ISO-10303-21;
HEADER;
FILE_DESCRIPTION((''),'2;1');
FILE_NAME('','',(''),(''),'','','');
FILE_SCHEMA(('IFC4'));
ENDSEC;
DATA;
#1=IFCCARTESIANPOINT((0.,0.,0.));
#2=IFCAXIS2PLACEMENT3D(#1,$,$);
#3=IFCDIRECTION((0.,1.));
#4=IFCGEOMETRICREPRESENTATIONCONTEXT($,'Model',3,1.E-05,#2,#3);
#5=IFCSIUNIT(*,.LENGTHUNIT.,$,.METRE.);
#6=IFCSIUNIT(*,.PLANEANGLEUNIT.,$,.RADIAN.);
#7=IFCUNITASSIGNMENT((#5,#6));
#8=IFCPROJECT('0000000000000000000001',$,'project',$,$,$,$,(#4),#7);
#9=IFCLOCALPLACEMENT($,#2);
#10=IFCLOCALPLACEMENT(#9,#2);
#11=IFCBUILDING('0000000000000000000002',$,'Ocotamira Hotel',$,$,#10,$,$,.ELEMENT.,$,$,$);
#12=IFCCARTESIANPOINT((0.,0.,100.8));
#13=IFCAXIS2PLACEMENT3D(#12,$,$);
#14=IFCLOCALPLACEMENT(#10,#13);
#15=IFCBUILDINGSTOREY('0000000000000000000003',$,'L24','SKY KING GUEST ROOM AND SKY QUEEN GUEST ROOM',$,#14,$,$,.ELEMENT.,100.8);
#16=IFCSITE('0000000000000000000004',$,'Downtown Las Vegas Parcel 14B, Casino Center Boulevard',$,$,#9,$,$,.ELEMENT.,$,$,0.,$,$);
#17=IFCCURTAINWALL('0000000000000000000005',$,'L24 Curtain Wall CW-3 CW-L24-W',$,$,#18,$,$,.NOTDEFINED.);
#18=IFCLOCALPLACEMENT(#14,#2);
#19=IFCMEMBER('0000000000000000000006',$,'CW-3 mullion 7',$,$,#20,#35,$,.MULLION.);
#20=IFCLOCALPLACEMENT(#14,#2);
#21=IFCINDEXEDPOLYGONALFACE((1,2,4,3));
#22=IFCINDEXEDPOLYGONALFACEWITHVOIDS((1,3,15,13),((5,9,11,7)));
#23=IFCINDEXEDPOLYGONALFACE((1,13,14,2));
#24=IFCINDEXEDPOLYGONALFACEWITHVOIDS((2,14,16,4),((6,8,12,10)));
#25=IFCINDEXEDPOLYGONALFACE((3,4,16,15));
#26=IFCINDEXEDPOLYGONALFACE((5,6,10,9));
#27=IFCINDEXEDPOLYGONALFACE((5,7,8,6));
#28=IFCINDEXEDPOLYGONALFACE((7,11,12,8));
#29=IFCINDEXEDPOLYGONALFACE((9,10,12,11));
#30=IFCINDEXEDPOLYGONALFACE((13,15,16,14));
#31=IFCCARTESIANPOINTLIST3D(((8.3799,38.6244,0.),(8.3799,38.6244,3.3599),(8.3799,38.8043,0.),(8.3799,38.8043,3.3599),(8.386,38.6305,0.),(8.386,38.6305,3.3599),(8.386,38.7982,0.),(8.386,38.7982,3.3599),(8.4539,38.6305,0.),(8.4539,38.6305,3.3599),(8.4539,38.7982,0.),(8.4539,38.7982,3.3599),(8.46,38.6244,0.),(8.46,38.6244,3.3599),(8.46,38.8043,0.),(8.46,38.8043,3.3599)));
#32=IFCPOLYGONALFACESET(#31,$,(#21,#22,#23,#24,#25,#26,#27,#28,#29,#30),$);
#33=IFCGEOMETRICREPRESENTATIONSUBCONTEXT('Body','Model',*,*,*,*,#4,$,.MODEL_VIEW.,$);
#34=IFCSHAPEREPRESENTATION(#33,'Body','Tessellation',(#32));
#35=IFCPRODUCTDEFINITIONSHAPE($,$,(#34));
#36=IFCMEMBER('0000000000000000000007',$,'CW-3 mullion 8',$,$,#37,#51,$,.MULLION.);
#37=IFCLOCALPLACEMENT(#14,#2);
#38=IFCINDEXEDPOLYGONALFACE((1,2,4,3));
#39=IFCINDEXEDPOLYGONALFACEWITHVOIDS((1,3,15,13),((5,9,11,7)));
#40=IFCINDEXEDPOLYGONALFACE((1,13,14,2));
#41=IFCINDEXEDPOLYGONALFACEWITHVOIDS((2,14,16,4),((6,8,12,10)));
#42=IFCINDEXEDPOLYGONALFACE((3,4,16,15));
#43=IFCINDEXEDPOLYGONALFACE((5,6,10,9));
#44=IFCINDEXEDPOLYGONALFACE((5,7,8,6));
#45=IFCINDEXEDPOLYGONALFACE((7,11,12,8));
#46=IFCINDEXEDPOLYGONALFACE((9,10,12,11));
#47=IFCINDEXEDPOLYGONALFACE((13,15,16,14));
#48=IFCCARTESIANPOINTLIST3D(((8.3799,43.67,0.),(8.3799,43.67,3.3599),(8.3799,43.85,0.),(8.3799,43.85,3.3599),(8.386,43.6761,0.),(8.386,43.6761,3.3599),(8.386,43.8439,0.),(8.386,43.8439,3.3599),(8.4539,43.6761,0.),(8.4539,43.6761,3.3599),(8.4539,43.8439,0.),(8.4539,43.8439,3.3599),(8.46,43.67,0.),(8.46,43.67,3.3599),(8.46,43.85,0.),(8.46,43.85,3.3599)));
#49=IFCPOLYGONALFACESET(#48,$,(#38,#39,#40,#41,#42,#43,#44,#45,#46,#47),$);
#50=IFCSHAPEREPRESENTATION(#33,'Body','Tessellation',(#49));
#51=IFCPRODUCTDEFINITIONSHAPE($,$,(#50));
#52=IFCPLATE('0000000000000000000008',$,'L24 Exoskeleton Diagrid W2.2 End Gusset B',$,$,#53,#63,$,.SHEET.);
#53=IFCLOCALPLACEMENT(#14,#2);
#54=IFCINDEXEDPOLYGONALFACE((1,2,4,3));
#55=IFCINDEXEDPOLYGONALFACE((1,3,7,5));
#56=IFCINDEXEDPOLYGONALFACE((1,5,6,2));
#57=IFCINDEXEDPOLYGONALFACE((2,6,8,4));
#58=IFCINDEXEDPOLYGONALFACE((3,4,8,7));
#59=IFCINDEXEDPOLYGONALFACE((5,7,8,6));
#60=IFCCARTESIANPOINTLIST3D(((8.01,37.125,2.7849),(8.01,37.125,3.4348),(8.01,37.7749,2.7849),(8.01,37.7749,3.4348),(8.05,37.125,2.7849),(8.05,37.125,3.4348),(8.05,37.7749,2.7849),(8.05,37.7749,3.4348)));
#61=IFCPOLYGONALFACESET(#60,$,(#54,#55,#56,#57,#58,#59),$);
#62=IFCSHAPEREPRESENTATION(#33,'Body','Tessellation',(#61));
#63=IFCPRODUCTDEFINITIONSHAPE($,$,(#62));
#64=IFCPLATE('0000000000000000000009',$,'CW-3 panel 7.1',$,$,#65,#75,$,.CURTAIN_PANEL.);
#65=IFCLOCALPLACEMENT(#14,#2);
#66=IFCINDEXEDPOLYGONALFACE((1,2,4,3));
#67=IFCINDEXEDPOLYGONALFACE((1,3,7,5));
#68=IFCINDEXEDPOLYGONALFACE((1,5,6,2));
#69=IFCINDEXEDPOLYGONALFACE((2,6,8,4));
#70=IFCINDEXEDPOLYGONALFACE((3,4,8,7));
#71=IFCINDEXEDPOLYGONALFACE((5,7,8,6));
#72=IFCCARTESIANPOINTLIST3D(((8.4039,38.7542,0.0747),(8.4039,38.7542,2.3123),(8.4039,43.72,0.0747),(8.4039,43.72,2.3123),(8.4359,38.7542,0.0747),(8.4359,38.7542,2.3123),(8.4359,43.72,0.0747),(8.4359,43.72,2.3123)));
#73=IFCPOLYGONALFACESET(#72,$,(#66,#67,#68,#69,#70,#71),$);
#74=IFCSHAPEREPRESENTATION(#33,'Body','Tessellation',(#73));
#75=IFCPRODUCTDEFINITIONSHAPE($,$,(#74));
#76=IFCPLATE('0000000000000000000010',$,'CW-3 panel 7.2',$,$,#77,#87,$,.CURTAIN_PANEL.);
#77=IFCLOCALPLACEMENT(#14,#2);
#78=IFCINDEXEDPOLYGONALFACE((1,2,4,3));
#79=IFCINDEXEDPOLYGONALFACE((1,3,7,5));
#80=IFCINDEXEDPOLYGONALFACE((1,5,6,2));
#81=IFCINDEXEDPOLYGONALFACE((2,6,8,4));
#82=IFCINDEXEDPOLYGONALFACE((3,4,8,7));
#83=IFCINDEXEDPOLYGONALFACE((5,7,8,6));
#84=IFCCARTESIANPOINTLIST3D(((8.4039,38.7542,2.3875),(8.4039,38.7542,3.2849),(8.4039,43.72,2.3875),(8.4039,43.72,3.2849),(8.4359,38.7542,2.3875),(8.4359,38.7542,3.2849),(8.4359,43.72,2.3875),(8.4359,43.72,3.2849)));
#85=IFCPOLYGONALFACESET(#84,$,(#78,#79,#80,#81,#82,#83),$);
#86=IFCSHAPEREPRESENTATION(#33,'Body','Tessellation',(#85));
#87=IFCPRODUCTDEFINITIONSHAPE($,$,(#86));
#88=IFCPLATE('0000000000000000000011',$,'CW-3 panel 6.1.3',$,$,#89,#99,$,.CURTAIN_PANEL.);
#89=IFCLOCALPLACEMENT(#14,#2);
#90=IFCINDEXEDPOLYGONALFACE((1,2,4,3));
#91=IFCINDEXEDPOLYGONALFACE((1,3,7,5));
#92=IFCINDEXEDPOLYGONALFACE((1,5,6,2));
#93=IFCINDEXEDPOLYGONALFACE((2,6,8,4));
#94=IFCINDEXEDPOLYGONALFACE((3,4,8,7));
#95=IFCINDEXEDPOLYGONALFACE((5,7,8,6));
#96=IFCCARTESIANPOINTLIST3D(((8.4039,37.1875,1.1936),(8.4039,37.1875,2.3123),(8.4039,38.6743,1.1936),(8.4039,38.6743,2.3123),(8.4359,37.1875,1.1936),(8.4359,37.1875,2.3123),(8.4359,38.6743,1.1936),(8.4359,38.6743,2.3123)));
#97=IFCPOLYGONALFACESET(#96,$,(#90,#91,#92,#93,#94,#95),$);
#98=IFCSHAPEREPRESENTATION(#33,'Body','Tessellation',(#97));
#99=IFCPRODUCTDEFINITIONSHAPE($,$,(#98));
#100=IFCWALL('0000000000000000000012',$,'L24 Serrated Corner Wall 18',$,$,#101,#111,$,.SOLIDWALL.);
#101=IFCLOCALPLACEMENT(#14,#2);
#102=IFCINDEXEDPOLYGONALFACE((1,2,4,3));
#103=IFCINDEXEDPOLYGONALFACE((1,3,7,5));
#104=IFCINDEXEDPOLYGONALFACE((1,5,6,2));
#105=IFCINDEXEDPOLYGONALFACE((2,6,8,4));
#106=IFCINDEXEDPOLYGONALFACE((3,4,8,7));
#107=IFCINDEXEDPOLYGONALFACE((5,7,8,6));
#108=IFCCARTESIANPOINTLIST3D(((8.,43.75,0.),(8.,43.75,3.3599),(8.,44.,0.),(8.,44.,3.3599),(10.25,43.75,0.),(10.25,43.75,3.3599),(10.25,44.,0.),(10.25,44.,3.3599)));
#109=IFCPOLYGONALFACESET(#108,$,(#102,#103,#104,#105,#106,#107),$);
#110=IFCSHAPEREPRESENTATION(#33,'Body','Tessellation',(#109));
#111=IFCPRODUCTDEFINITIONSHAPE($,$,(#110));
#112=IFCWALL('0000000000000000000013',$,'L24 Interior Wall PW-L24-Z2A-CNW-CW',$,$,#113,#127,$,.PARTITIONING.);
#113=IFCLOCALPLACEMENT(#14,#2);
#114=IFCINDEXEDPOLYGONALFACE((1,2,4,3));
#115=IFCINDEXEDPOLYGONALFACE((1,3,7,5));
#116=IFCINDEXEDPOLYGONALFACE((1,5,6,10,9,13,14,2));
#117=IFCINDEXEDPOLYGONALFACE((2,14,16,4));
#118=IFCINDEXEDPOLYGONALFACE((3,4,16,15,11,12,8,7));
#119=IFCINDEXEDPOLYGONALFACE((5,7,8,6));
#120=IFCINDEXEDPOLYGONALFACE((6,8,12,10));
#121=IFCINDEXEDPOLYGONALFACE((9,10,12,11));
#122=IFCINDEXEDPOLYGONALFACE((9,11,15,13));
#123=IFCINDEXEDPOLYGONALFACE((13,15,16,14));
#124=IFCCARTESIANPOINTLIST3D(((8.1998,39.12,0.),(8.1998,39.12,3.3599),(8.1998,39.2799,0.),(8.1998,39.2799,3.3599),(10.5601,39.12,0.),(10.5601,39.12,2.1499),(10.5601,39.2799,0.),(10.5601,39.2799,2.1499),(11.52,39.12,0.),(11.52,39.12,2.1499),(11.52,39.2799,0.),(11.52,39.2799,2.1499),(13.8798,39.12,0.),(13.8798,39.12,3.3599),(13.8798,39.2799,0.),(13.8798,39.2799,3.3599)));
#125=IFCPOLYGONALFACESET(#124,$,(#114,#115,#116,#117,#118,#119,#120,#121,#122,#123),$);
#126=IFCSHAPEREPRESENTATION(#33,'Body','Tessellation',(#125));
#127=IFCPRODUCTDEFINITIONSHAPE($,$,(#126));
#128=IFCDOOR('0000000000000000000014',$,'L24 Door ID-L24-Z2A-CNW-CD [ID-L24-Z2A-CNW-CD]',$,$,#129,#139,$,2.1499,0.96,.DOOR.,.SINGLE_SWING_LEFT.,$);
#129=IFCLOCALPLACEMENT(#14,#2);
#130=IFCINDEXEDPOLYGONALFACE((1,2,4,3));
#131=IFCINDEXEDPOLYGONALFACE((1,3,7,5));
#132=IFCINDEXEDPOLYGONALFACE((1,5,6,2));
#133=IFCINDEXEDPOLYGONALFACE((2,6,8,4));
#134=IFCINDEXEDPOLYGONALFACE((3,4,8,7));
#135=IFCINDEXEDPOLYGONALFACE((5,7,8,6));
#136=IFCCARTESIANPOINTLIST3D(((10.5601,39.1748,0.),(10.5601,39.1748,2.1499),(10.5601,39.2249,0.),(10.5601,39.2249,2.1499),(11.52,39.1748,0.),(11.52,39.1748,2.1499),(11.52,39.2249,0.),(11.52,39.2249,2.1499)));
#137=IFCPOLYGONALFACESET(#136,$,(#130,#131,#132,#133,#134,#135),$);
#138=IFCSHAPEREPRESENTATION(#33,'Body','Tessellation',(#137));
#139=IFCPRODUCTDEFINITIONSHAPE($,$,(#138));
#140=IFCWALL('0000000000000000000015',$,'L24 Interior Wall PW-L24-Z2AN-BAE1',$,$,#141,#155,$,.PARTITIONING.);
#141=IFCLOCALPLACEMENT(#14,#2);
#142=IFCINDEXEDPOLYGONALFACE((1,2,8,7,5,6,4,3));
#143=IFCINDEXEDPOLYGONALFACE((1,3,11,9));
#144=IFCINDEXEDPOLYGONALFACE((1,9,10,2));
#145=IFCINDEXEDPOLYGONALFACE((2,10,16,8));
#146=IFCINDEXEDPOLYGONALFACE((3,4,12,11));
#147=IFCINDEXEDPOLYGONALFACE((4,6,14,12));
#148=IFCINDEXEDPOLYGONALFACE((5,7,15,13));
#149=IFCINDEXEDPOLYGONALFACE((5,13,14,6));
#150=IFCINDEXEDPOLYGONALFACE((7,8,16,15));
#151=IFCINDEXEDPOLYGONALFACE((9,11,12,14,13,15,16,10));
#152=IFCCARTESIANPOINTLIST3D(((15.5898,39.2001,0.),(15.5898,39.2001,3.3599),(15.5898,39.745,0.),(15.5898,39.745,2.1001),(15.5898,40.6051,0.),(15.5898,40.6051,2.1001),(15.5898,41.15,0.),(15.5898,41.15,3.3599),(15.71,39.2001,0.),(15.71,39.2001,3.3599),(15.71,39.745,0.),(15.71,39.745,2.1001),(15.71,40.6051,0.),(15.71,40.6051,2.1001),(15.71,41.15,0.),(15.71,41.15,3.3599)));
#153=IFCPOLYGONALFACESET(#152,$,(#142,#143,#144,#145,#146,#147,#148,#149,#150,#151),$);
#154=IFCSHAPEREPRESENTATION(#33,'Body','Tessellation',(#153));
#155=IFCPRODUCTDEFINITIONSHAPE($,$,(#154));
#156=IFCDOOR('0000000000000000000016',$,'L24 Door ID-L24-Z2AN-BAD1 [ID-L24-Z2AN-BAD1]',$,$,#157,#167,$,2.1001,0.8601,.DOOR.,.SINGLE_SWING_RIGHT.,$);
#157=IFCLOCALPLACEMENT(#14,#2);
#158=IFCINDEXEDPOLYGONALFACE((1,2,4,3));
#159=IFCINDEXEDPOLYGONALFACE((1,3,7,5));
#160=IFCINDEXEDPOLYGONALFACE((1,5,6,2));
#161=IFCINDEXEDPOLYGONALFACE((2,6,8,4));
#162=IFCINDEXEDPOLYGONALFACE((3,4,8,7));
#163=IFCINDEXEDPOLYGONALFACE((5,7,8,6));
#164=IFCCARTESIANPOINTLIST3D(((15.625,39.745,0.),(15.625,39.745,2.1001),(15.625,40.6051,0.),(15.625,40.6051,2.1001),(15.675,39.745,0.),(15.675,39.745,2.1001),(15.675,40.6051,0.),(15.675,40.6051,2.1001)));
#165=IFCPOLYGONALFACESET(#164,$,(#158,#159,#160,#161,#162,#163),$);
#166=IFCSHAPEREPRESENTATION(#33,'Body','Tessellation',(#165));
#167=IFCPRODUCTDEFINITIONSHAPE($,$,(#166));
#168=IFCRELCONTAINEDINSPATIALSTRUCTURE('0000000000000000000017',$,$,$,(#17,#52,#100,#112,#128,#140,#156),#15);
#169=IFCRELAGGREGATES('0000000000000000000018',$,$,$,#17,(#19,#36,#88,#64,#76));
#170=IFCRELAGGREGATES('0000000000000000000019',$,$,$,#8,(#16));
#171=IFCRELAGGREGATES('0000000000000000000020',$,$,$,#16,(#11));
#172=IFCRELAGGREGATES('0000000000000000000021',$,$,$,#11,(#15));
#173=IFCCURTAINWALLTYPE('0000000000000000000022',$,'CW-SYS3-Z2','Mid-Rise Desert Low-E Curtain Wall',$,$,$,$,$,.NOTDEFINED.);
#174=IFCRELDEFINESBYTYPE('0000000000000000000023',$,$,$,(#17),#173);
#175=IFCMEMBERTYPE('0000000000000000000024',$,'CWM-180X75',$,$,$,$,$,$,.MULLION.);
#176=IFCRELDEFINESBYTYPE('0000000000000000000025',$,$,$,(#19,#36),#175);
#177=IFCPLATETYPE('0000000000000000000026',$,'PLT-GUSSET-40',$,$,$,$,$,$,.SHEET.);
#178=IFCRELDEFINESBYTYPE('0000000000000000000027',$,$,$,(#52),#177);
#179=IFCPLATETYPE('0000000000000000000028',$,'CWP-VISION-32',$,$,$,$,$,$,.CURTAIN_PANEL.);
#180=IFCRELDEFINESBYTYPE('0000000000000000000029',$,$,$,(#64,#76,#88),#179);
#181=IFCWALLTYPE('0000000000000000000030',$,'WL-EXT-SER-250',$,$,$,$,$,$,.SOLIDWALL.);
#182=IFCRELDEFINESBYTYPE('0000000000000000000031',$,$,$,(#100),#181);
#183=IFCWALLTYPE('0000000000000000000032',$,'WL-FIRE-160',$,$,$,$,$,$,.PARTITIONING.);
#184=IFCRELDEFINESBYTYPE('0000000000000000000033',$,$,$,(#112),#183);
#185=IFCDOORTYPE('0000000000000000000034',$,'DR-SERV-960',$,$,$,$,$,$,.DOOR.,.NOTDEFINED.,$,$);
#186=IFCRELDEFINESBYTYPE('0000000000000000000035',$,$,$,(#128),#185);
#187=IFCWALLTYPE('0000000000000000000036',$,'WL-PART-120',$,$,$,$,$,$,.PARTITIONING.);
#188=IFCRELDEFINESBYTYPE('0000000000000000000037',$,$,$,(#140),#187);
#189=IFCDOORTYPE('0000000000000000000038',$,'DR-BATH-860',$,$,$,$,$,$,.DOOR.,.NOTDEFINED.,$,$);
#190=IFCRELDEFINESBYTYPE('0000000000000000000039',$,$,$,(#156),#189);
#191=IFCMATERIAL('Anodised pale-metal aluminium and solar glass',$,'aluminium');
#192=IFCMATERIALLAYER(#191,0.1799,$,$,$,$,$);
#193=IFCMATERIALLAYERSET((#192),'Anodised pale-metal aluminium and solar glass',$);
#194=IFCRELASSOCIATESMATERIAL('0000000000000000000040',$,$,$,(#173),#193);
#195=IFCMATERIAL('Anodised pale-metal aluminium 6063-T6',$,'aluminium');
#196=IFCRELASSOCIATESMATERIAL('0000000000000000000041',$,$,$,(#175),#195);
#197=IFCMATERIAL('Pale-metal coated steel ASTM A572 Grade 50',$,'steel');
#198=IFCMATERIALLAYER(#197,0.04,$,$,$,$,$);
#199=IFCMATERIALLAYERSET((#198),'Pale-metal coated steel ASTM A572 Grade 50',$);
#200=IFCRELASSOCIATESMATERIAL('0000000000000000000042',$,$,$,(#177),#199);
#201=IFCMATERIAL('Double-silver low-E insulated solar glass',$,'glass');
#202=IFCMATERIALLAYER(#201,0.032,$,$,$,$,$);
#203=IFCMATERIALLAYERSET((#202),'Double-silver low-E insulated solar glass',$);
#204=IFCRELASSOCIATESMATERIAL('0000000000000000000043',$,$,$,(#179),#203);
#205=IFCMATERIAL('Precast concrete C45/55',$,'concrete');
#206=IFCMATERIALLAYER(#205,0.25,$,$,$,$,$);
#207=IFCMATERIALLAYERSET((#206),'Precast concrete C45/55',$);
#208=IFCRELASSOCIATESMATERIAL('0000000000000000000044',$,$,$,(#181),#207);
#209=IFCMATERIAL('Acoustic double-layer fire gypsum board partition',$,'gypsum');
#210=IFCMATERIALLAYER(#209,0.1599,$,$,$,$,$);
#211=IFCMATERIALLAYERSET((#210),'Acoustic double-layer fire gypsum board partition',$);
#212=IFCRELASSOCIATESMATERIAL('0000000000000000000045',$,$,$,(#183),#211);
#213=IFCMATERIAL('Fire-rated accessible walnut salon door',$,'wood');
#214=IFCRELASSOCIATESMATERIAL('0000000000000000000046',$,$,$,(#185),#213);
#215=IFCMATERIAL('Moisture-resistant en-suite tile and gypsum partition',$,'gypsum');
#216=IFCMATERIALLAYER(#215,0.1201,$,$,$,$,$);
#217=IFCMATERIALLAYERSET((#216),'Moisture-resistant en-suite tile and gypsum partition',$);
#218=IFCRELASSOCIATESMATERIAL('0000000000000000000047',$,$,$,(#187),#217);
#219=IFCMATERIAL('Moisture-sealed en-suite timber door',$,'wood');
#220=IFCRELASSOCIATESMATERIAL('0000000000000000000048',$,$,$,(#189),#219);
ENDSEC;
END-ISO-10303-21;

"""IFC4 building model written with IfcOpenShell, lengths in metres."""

from ifc_helpers import new_model, si_unit, direction, frame, frame_2d, origin, origin_2d, place, context, subcontext, project, spatial, rectangle, hollow_rectangle, extrude, source, transform, mapped, material, layer, layer_set, material_profile, profile_set, type_object, element, fill, aggregate, save


model = new_model("IFC4")

# Units and contexts
model_context = context("Model", 3, precision=1e-05, world=origin(), true_north=direction((0.0, 1.0)))
body_context = subcontext(model_context, "Body", "Model", "MODEL_VIEW")
ifc_project = project(units=[si_unit("LENGTHUNIT", "METRE"), si_unit("PLANEANGLEUNIT", "RADIAN")], contexts=[model_context])

# Site, building, storey
site_placement = place(None, origin())
site = spatial("IfcSite", under=ifc_project, at=site_placement, Name="Downtown Las Vegas Parcel 14B, Casino Center Boulevard", CompositionType="ELEMENT", RefElevation=0.0)
building_placement = place(site_placement, origin())
building = spatial("IfcBuilding", under=site, at=building_placement, Name="Ocotamira Hotel", CompositionType="ELEMENT")
storey_placement = place(building_placement, frame((0.0, 0.0, 100.8)))
storey = spatial("IfcBuildingStorey", under=building, at=storey_placement, Name="L24", Description="SKY KING GUEST ROOM AND SKY QUEEN GUEST ROOM", CompositionType="ELEMENT", Elevation=100.8)

# Curtain wall, members
ifc_material_1 = material(Name="Anodised pale-metal aluminium and solar glass", Category="aluminium")
ifc_layer_1 = layer(ifc_material_1, 0.1799)
ifc_layer_set_1 = layer_set([ifc_layer_1], Name="Anodised pale-metal aluminium and solar glass")
curtain_wall_type = type_object("IfcCurtainWallType", Name="CW-SYS3-Z2", Description="Mid-Rise Desert Low-E Curtain Wall", PredefinedType="NOTDEFINED", material=ifc_layer_set_1)
curtain_wall_placement = place(storey_placement, origin())
curtain_wall = element("IfcCurtainWall", 1, at=curtain_wall_placement, inside=storey, type_object=curtain_wall_type, Name="L24 Curtain Wall CW-3 CW-L24-W", PredefinedType="NOTDEFINED")
ifc_material_2 = material(Name="Anodised pale-metal aluminium 6063-T6", Category="aluminium")
ifc_material_profile_1 = material_profile(ifc_material_2, hollow_rectangle(XDim=0.0801, YDim=0.1799, WallThickness=0.0061, at=origin_2d()), Name="HSS180X80X6")
ifc_profile_set_1 = profile_set([ifc_material_profile_1], Name="Anodised pale-metal aluminium 6063-T6")
member_type_1 = type_object("IfcMemberType", Name="CWM-180X75", PredefinedType="MULLION", material=ifc_profile_set_1)
shared_shape_1 = source(origin(), body_context, "Body", "SweptSolid", [
    extrude(hollow_rectangle(XDim=0.0801, YDim=0.1799, WallThickness=0.0061, at=origin_2d()), origin(), (0.0, 0.0, 1.0), 3.3599),
])
member_1_placement = place(storey_placement, frame((8.4199, 38.7144, 0.0), z_axis=(0.0, 0.0, 1.0), x_axis=(-1.0, 0.0, 0.0)))
member_1 = element("IfcMember", 2, at=member_1_placement, type_object=member_type_1, Name="CW-3 mullion 7", PredefinedType="MULLION", context=body_context, shape_type="MappedRepresentation", body=[
    mapped(shared_shape_1, transform((0.0, 0.0, 0.0), scale=1.0)),
])
member_2_placement = place(storey_placement, frame((8.4199, 43.76, 0.0), z_axis=(0.0, 0.0, 1.0), x_axis=(-1.0, 0.0, 0.0)))
member_2 = element("IfcMember", 3, at=member_2_placement, type_object=member_type_1, Name="CW-3 mullion 8", PredefinedType="MULLION", context=body_context, shape_type="MappedRepresentation", body=[
    mapped(shared_shape_1, transform((0.0, 0.0, 0.0), scale=1.0)),
])

# Plates
ifc_material_3 = material(Name="Pale-metal coated steel ASTM A572 Grade 50", Category="steel")
ifc_layer_2 = layer(ifc_material_3, 0.04)
ifc_layer_set_2 = layer_set([ifc_layer_2], Name="Pale-metal coated steel ASTM A572 Grade 50")
plate_type_1 = type_object("IfcPlateType", Name="PLT-GUSSET-40", PredefinedType="SHEET", material=ifc_layer_set_2)
shared_shape_2 = source(origin(), body_context, "Body", "SweptSolid", [
    extrude(rectangle(XDim=0.04, YDim=0.6499, at=origin_2d()), origin(), (0.0, 0.0, 1.0), 0.6499),
])
plate_1_placement = place(storey_placement, frame((8.03, 37.45, 2.7849), z_axis=(0.0, 0.0, 1.0), x_axis=(1.0, 0.0, 0.0)))
element("IfcPlate", 4, at=plate_1_placement, inside=storey, type_object=plate_type_1, Name="L24 Exoskeleton Diagrid W2.2 End Gusset B", PredefinedType="SHEET", context=body_context, shape_type="MappedRepresentation", body=[
    mapped(shared_shape_2, transform((0.0, 0.0, 0.0), scale=1.0)),
])
ifc_material_4 = material(Name="Double-silver low-E insulated solar glass", Category="glass")
ifc_layer_3 = layer(ifc_material_4, 0.032)
ifc_layer_set_3 = layer_set([ifc_layer_3], Name="Double-silver low-E insulated solar glass")
plate_type_2 = type_object("IfcPlateType", Name="CWP-VISION-32", PredefinedType="CURTAIN_PANEL", material=ifc_layer_set_3)
shared_shape_3 = source(origin(), body_context, "Body", "SweptSolid", [
    extrude(rectangle(XDim=4.9658, YDim=0.032, at=origin_2d()), origin(), (0.0, 0.0, 1.0), 2.2375),
])
plate_2_placement = place(storey_placement, frame((8.4199, 41.2371, 0.0747), z_axis=(0.0, 0.0, 1.0), x_axis=(0.0, 1.0, 0.0)))
plate_2 = element("IfcPlate", 5, at=plate_2_placement, type_object=plate_type_2, Name="CW-3 panel 7.1", PredefinedType="CURTAIN_PANEL", context=body_context, shape_type="MappedRepresentation", body=[
    mapped(shared_shape_3, transform((0.0, 0.0, 0.0), scale=1.0)),
])
shared_shape_4 = source(origin(), body_context, "Body", "SweptSolid", [
    extrude(rectangle(XDim=4.9658, YDim=0.032, at=origin_2d()), origin(), (0.0, 0.0, 1.0), 0.8975),
])
plate_3_placement = place(storey_placement, frame((8.4199, 41.2371, 2.3875), z_axis=(0.0, 0.0, 1.0), x_axis=(0.0, 1.0, 0.0)))
plate_3 = element("IfcPlate", 6, at=plate_3_placement, type_object=plate_type_2, Name="CW-3 panel 7.2", PredefinedType="CURTAIN_PANEL", context=body_context, shape_type="MappedRepresentation", body=[
    mapped(shared_shape_4, transform((0.0, 0.0, 0.0), scale=1.0)),
])
shared_shape_5 = source(origin(), body_context, "Body", "SweptSolid", [
    extrude(rectangle(XDim=1.4868, YDim=0.032, at=origin_2d()), origin(), (0.0, 0.0, 1.0), 1.1187),
])
plate_4_placement = place(storey_placement, frame((8.4199, 37.9309, 1.1936), z_axis=(0.0, 0.0, 1.0), x_axis=(0.0, 1.0, 0.0)))
plate_4 = element("IfcPlate", 7, at=plate_4_placement, type_object=plate_type_2, Name="CW-3 panel 6.1.3", PredefinedType="CURTAIN_PANEL", context=body_context, shape_type="MappedRepresentation", body=[
    mapped(shared_shape_5, transform((0.0, 0.0, 0.0), scale=1.0)),
])
aggregate(curtain_wall, [member_1, member_2, plate_4, plate_2, plate_3])

# Wall
ifc_material_5 = material(Name="Precast concrete C45/55", Category="concrete")
ifc_layer_4 = layer(ifc_material_5, 0.25)
ifc_layer_set_4 = layer_set([ifc_layer_4], Name="Precast concrete C45/55")
wall_type_1 = type_object("IfcWallType", Name="WL-EXT-SER-250", PredefinedType="SOLIDWALL", material=ifc_layer_set_4)
wall_1_placement = place(storey_placement, frame((10.25, 43.875, 0.0), z_axis=(0.0, 0.0, 1.0), x_axis=(-1.0, 0.0, 0.0)))
element("IfcWall", 8, at=wall_1_placement, inside=storey, type_object=wall_type_1, Name="L24 Serrated Corner Wall 18", PredefinedType="SOLIDWALL", context=body_context, shape_type="SweptSolid", body=[
    extrude(rectangle(XDim=2.25, YDim=0.25, at=frame_2d((1.125, 0.0))), origin(), (0.0, 0.0, 1.0), 3.3599),
])

# Wall, opening, door
ifc_material_6 = material(Name="Acoustic double-layer fire gypsum board partition", Category="gypsum")
ifc_layer_5 = layer(ifc_material_6, 0.1599)
ifc_layer_set_5 = layer_set([ifc_layer_5], Name="Acoustic double-layer fire gypsum board partition")
wall_type_2 = type_object("IfcWallType", Name="WL-FIRE-160", PredefinedType="PARTITIONING", material=ifc_layer_set_5)
wall_2_placement = place(storey_placement, frame((8.2, 39.2, 0.0), z_axis=(0.0, 0.0, 1.0), x_axis=(1.0, 0.0, 0.0)))
wall_2 = element("IfcWall", 9, at=wall_2_placement, inside=storey, type_object=wall_type_2, Name="L24 Interior Wall PW-L24-Z2A-CNW-CW", PredefinedType="PARTITIONING", context=body_context, shape_type="SweptSolid", body=[
    extrude(rectangle(XDim=5.6799, YDim=0.1599, at=frame_2d((2.8398, 0.0))), origin(), (0.0, 0.0, 1.0), 3.3599),
])
opening_1_placement = place(wall_2_placement, frame((2.3601, 0.0, 0.0)))
opening_1 = element("IfcOpeningElement", 10, at=opening_1_placement, cuts=wall_2, PredefinedType="OPENING", context=body_context, shape_type="SweptSolid", body=[
    extrude(rectangle(XDim=0.96, YDim=2.1499, at=frame_2d((0.48, 1.075))), frame((0.0, 0.0898, 0.0), z_axis=(0.0, -1.0, 0.0), x_axis=(1.0, 0.0, 0.0)), (0.0, 0.0, 1.0), 0.1799),
])
ifc_material_7 = material(Name="Fire-rated accessible walnut salon door", Category="wood")
door_type_1 = type_object("IfcDoorType", Name="DR-SERV-960", OperationType="NOTDEFINED", PredefinedType="DOOR", material=ifc_material_7)
shared_shape_6 = source(origin(), body_context, "Body", "SweptSolid", [
    extrude(rectangle(XDim=0.96, YDim=2.1499, at=frame_2d((0.48, 1.075))), frame((0.0, 0.0249, 0.0), z_axis=(0.0, -1.0, 0.0), x_axis=(1.0, 0.0, 0.0)), (0.0, 0.0, 1.0), 0.05),
])
door_1_placement = place(opening_1_placement, origin())
door_1 = element("IfcDoor", 11, at=door_1_placement, inside=storey, type_object=door_type_1, Name="L24 Door ID-L24-Z2A-CNW-CD [ID-L24-Z2A-CNW-CD]", OperationType="SINGLE_SWING_LEFT", OverallHeight=2.1499, OverallWidth=0.96, PredefinedType="DOOR", context=body_context, shape_type="MappedRepresentation", body=[
    mapped(shared_shape_6, transform((0.0, 0.0, 0.0), scale=1.0)),
])
fill(opening_1, door_1)

# Wall, opening, door
ifc_material_8 = material(Name="Moisture-resistant en-suite tile and gypsum partition", Category="gypsum")
ifc_layer_6 = layer(ifc_material_8, 0.1201)
ifc_layer_set_6 = layer_set([ifc_layer_6], Name="Moisture-resistant en-suite tile and gypsum partition")
wall_type_3 = type_object("IfcWallType", Name="WL-PART-120", PredefinedType="PARTITIONING", material=ifc_layer_set_6)
wall_3_placement = place(storey_placement, frame((15.6499, 39.2, 0.0), z_axis=(0.0, 0.0, 1.0), x_axis=(0.0, 1.0, 0.0)))
wall_3 = element("IfcWall", 12, at=wall_3_placement, inside=storey, type_object=wall_type_3, Name="L24 Interior Wall PW-L24-Z2AN-BAE1", PredefinedType="PARTITIONING", context=body_context, shape_type="SweptSolid", body=[
    extrude(rectangle(XDim=1.95, YDim=0.1201, at=frame_2d((0.9751, 0.0))), origin(), (0.0, 0.0, 1.0), 3.3599),
])
opening_2_placement = place(wall_3_placement, frame((0.5449, 0.0, 0.0)))
opening_2 = element("IfcOpeningElement", 13, at=opening_2_placement, cuts=wall_3, PredefinedType="OPENING", context=body_context, shape_type="SweptSolid", body=[
    extrude(rectangle(XDim=0.8601, YDim=2.1001, at=frame_2d((0.4302, 1.05))), frame((0.0, 0.0701, 0.0), z_axis=(0.0, -1.0, 0.0), x_axis=(1.0, 0.0, 0.0)), (0.0, 0.0, 1.0), 0.1401),
])
ifc_material_9 = material(Name="Moisture-sealed en-suite timber door", Category="wood")
door_type_2 = type_object("IfcDoorType", Name="DR-BATH-860", OperationType="NOTDEFINED", PredefinedType="DOOR", material=ifc_material_9)
shared_shape_7 = source(origin(), body_context, "Body", "SweptSolid", [
    extrude(rectangle(XDim=0.8601, YDim=2.1001, at=frame_2d((0.4302, 1.05))), frame((0.0, 0.0249, 0.0), z_axis=(0.0, -1.0, 0.0), x_axis=(1.0, 0.0, 0.0)), (0.0, 0.0, 1.0), 0.05),
])
door_2_placement = place(opening_2_placement, origin())
door_2 = element("IfcDoor", 14, at=door_2_placement, inside=storey, type_object=door_type_2, Name="L24 Door ID-L24-Z2AN-BAD1 [ID-L24-Z2AN-BAD1]", OperationType="SINGLE_SWING_RIGHT", OverallHeight=2.1001, OverallWidth=0.8601, PredefinedType="DOOR", context=body_context, shape_type="MappedRepresentation", body=[
    mapped(shared_shape_7, transform((0.0, 0.0, 0.0), scale=1.0)),
])
fill(opening_2, door_2)

save(model, "model.ifc")
